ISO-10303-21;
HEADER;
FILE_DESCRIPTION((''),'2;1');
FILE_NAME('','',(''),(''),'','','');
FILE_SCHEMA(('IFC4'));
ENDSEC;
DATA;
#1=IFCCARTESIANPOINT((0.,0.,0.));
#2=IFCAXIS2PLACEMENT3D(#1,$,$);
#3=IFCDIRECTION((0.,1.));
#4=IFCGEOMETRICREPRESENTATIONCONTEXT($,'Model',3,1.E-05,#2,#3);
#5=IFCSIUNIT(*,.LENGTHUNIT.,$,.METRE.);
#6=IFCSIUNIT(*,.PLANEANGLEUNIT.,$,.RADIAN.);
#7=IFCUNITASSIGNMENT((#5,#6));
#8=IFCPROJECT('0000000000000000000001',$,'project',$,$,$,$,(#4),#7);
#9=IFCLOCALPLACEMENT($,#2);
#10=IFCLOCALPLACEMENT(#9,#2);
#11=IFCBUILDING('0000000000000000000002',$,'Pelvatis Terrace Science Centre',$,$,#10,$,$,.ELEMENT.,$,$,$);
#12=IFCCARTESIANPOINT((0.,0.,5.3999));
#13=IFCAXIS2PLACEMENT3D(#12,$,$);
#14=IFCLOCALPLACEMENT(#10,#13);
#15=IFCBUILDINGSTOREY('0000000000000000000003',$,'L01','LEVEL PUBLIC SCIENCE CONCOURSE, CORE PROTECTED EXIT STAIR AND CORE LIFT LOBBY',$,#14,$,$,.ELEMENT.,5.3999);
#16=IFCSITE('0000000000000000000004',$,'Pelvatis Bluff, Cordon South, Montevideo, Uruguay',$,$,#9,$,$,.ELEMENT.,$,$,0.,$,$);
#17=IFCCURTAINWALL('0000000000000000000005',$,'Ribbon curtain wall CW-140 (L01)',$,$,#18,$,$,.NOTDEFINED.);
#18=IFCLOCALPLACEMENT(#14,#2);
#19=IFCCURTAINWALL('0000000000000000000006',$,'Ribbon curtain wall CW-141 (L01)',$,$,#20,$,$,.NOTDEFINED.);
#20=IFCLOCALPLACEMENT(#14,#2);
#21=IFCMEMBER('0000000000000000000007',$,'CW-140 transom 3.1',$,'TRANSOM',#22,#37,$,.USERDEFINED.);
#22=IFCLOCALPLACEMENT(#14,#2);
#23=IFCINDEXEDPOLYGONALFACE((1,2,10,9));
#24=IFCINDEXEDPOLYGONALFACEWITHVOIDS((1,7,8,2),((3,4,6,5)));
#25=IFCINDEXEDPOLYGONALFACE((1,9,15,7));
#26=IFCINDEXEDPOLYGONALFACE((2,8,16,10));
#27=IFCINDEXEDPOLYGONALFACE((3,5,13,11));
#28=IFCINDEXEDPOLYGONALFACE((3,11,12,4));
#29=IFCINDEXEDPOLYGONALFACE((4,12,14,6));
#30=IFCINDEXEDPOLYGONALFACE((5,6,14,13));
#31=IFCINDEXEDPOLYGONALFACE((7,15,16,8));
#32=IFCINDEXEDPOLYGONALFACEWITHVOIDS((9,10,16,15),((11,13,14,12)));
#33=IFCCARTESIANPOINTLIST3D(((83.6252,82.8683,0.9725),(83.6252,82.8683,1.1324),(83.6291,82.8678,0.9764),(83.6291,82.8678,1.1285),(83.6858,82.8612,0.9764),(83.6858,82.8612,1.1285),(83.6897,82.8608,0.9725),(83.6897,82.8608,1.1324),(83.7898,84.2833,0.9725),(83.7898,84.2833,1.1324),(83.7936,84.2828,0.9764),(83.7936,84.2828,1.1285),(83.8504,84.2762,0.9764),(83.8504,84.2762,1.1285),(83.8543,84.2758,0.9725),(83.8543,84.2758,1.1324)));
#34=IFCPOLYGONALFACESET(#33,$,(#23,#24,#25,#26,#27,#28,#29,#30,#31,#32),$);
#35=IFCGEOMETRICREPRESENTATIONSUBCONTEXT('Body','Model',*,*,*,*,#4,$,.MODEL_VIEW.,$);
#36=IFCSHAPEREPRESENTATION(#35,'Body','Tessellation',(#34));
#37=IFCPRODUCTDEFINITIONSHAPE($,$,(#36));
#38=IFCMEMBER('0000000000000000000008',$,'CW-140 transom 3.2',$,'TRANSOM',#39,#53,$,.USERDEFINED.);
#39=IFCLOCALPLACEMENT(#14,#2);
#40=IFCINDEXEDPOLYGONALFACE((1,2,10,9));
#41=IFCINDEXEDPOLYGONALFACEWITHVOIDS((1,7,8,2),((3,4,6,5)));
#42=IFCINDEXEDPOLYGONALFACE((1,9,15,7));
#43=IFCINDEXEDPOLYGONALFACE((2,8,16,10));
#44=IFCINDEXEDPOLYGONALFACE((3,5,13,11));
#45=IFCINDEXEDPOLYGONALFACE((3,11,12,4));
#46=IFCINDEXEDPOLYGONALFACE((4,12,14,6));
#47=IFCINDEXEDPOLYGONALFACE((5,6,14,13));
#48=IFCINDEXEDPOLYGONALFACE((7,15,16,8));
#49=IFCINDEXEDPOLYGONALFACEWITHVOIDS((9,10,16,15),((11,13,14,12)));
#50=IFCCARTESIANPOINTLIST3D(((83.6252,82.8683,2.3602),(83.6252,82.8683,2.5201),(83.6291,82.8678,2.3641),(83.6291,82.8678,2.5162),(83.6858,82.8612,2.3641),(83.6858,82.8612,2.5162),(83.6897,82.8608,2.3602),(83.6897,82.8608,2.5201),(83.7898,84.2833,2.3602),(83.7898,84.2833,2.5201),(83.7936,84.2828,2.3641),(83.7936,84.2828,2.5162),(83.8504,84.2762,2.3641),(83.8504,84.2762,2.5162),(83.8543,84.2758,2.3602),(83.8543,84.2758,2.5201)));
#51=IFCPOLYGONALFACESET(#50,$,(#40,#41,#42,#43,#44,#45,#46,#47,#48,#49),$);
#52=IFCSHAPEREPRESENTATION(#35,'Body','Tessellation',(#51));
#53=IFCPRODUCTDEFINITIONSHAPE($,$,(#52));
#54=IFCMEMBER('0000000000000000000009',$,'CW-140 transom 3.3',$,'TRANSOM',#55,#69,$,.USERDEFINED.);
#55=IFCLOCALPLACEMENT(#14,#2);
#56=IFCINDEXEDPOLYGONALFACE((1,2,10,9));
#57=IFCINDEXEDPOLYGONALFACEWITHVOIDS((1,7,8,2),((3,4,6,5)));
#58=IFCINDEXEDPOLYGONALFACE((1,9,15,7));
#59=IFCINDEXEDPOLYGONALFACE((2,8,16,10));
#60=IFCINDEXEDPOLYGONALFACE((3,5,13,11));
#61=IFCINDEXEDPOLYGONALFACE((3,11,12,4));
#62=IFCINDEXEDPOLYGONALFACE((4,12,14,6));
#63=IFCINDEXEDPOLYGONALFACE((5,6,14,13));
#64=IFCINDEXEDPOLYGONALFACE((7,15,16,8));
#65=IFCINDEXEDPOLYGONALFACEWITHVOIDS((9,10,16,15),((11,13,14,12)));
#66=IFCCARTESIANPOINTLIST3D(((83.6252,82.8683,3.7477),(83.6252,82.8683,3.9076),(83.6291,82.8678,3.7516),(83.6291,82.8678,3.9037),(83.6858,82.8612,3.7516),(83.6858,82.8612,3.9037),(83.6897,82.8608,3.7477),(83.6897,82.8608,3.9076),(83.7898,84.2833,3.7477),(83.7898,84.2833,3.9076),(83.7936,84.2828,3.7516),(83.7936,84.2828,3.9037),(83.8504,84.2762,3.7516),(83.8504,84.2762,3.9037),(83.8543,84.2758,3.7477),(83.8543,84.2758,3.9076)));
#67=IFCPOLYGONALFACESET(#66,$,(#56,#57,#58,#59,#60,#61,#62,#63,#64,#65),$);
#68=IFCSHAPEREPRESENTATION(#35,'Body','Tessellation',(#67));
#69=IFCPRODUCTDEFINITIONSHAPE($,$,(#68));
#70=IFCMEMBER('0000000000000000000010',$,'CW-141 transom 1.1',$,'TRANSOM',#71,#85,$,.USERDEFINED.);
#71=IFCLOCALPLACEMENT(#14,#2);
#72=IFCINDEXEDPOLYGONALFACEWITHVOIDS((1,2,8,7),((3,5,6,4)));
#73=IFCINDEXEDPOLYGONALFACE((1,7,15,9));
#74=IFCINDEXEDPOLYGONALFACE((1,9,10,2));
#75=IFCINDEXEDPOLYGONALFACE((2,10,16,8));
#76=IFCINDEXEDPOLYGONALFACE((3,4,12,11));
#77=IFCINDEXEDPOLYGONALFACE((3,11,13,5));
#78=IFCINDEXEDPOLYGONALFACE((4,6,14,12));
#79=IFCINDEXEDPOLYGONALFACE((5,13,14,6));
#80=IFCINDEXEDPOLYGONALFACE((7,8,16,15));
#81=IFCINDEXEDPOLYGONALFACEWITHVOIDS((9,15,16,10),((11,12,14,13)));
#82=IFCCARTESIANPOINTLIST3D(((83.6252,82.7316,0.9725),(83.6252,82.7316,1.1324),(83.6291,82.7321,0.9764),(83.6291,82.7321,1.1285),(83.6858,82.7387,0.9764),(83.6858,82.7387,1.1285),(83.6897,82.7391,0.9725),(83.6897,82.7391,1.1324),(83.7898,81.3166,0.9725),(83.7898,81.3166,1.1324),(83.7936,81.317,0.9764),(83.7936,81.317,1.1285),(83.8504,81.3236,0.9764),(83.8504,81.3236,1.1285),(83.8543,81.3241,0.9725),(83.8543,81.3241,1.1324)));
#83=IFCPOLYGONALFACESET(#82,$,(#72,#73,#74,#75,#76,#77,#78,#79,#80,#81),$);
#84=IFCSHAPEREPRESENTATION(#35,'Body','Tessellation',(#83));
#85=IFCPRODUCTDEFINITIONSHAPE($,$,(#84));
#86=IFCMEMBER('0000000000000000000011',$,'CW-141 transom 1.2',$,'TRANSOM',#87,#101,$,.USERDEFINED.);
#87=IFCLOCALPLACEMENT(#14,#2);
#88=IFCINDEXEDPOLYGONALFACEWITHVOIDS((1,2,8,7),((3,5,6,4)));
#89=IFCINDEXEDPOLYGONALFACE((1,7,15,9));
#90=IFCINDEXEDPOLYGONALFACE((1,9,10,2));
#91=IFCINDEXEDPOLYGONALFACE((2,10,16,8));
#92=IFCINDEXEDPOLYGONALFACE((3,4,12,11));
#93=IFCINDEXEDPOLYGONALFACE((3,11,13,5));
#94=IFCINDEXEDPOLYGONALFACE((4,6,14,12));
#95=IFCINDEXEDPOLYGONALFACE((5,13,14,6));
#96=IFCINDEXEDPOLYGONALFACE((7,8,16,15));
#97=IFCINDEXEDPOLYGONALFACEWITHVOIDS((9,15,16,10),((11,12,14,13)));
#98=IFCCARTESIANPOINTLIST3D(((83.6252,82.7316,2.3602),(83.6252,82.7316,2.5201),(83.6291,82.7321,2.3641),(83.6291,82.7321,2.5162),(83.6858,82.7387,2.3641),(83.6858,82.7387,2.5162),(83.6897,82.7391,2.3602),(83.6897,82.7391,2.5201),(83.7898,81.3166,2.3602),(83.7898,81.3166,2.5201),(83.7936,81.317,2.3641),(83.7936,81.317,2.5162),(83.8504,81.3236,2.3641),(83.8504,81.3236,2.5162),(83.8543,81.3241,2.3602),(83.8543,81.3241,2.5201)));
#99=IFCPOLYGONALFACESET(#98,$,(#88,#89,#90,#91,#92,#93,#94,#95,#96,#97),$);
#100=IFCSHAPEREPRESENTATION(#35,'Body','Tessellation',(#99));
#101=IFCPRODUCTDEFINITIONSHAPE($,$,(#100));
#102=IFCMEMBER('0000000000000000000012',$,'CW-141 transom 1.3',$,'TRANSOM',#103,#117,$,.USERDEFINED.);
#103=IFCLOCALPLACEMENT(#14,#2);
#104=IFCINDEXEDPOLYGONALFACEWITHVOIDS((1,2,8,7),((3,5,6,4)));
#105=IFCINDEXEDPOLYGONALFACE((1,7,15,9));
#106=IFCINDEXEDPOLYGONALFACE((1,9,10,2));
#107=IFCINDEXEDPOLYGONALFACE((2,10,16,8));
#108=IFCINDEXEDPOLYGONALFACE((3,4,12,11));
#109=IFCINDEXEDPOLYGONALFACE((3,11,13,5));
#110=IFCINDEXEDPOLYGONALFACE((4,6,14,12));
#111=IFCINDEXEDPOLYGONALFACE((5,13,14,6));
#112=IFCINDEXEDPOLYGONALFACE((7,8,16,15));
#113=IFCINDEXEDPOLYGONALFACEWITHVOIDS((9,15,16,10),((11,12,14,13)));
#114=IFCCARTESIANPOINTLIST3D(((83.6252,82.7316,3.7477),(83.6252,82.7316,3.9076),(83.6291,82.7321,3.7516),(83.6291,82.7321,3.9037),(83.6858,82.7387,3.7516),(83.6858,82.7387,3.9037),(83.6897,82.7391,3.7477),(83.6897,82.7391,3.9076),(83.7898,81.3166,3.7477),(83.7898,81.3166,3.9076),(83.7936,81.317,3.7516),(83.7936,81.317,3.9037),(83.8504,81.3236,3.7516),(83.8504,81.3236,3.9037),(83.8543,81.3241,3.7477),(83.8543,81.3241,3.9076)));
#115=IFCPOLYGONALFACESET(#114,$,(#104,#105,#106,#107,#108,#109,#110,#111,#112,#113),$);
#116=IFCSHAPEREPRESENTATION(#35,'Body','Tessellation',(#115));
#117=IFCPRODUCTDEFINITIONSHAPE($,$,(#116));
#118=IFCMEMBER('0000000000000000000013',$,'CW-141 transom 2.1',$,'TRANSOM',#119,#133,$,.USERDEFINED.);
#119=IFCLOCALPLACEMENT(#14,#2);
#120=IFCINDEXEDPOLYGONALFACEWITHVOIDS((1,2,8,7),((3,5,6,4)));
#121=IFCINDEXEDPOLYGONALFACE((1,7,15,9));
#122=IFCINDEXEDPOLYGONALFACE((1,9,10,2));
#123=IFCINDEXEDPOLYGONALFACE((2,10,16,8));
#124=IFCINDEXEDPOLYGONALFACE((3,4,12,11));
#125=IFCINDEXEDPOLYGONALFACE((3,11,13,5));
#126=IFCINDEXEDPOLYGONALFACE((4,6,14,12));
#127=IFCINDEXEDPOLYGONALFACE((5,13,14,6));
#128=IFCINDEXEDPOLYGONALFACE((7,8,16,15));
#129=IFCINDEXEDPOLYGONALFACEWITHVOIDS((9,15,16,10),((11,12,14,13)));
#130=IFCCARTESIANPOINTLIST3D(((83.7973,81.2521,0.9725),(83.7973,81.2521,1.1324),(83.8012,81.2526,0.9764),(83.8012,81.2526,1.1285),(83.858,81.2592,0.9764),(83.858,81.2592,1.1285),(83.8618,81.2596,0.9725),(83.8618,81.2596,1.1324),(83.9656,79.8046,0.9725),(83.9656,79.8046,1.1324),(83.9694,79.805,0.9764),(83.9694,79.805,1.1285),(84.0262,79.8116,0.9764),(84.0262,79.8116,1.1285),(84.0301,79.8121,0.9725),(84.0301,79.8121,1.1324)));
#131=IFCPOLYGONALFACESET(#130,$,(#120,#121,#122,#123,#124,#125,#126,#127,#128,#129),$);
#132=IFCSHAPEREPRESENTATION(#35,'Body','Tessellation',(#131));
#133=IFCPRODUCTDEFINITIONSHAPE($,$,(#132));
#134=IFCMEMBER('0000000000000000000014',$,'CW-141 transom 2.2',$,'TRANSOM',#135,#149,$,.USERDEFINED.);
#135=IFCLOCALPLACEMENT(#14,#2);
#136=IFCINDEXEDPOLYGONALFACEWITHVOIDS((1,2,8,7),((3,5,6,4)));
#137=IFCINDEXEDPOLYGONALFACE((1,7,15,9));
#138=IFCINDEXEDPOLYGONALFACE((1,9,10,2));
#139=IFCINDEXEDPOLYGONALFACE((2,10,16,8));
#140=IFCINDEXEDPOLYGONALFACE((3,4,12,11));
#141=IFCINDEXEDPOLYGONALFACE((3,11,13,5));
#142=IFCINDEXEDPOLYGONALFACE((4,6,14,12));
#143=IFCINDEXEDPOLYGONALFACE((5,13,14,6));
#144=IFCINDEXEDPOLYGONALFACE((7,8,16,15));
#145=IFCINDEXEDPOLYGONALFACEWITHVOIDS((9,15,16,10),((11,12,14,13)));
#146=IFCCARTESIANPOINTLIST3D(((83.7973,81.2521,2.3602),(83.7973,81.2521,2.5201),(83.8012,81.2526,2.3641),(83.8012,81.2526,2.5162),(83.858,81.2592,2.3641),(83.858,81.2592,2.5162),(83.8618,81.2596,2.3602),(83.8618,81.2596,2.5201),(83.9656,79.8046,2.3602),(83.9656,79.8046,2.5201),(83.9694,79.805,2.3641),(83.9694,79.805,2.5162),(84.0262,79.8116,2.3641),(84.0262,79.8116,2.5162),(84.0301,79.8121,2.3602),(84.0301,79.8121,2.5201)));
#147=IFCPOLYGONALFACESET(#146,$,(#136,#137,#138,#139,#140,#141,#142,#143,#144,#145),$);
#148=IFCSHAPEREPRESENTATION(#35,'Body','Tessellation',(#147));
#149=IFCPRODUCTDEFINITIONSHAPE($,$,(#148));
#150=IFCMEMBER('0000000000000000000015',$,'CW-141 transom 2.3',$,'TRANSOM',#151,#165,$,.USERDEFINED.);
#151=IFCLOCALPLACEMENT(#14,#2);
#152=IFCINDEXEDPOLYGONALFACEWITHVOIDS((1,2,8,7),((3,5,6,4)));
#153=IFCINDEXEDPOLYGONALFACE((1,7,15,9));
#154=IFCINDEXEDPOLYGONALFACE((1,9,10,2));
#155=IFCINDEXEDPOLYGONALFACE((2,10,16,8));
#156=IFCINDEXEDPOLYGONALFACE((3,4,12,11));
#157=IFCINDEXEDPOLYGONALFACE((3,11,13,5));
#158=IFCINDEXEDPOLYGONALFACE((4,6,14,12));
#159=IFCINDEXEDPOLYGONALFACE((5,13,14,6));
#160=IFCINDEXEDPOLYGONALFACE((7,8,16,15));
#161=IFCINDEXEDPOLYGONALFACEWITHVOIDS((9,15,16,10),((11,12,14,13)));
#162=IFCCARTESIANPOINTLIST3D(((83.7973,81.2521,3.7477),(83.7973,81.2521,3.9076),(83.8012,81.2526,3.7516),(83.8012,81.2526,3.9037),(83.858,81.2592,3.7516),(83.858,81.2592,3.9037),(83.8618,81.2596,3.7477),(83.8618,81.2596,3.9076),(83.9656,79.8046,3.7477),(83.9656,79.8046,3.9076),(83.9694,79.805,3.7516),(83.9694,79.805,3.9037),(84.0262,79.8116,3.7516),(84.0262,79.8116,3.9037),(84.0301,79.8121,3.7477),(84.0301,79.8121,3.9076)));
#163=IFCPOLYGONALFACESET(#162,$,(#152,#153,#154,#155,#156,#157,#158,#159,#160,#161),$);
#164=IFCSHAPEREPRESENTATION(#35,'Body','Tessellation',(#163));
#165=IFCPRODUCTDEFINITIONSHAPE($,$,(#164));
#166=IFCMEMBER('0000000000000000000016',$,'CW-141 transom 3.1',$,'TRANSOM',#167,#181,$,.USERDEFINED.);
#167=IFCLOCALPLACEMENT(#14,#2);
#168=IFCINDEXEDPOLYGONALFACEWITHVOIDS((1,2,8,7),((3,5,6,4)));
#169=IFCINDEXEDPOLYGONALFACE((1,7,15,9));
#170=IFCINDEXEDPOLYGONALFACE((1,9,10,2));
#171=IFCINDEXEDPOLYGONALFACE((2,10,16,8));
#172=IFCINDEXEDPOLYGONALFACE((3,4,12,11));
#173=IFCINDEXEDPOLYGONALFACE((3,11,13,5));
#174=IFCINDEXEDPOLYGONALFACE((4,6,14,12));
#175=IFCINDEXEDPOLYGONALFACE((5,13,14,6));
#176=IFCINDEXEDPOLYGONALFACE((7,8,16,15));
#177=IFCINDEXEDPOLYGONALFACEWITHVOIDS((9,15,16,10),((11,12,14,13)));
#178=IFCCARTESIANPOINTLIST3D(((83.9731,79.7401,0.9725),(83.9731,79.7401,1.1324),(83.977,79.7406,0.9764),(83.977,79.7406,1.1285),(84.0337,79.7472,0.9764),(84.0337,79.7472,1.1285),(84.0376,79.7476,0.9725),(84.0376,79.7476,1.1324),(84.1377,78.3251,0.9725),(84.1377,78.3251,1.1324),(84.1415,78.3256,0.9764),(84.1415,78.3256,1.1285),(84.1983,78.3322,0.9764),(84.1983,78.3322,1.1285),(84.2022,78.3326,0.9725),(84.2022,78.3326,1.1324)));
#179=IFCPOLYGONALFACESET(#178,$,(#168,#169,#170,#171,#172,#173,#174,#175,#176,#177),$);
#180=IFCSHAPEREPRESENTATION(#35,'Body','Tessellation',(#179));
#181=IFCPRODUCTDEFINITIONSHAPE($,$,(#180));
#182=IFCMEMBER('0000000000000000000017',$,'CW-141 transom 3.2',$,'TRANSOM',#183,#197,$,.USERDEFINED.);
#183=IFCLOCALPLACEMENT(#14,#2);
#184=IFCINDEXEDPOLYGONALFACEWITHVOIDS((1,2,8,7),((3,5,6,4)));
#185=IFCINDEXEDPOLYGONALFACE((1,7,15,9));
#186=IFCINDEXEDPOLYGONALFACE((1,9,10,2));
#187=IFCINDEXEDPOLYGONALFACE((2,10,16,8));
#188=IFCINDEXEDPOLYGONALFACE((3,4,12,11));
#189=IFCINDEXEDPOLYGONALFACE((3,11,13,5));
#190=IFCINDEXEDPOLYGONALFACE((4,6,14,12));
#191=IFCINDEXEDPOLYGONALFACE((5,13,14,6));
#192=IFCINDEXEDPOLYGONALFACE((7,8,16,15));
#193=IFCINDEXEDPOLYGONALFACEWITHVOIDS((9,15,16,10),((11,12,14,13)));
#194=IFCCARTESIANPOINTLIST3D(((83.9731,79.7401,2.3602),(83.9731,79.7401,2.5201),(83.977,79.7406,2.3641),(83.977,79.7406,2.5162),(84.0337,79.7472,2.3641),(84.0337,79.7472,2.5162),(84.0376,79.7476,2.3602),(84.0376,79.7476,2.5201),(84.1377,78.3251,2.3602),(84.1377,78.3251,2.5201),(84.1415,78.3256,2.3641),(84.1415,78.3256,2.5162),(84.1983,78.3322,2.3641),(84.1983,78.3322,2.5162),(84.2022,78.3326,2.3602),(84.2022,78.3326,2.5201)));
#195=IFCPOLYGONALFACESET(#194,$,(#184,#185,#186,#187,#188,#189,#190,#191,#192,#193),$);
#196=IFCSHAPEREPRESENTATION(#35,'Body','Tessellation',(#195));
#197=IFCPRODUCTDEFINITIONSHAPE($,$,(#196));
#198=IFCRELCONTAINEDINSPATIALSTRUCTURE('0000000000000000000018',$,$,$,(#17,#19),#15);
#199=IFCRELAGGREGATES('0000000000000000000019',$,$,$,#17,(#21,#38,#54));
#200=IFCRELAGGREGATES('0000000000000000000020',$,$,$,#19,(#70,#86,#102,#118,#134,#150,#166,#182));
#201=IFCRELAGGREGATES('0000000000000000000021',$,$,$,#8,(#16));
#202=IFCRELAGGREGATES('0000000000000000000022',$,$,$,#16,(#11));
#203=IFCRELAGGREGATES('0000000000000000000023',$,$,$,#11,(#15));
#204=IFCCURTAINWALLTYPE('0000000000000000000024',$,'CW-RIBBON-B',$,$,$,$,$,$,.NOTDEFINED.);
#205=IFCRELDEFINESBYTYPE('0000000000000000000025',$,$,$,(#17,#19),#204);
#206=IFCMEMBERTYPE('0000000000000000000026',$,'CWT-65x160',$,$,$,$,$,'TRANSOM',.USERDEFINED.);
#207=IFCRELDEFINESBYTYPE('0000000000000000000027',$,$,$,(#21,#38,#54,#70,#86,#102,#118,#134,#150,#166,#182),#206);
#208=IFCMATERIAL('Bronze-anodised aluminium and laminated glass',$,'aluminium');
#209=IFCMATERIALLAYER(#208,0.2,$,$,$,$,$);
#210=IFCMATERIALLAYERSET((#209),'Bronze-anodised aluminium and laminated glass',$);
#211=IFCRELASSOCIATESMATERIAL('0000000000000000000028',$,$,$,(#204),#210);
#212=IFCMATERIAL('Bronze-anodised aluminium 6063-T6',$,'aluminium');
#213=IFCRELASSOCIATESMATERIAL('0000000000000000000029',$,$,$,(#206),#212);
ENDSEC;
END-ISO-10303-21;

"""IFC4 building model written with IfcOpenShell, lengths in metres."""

from ifc_helpers import new_model, si_unit, direction, frame, origin, origin_2d, place, context, subcontext, project, spatial, hollow_rectangle, extrude, material, layer, layer_set, material_profile, profile_set, type_object, element, aggregate, save


model = new_model("IFC4")

# Units and contexts
model_context = context("Model", 3, precision=1e-05, world=origin(), true_north=direction((0.0, 1.0)))
body_context = subcontext(model_context, "Body", "Model", "MODEL_VIEW")
ifc_project = project(units=[si_unit("LENGTHUNIT", "METRE"), si_unit("PLANEANGLEUNIT", "RADIAN")], contexts=[model_context])

# Site, building, storey
site_placement = place(None, origin())
site = spatial("IfcSite", under=ifc_project, at=site_placement, Name="Pelvatis Bluff, Cordon South, Montevideo, Uruguay", CompositionType="ELEMENT", RefElevation=0.0)
building_placement = place(site_placement, origin())
building = spatial("IfcBuilding", under=site, at=building_placement, Name="Pelvatis Terrace Science Centre", CompositionType="ELEMENT")
storey_placement = place(building_placement, frame((0.0, 0.0, 5.3999)))
storey = spatial("IfcBuildingStorey", under=building, at=storey_placement, Name="L01", Description="LEVEL PUBLIC SCIENCE CONCOURSE, CORE PROTECTED EXIT STAIR AND CORE LIFT LOBBY", CompositionType="ELEMENT", Elevation=5.3999)

# Shared definitions
ifc_material_1 = material(Name="Bronze-anodised aluminium and laminated glass", Category="aluminium")
ifc_layer_1 = layer(ifc_material_1, 0.2)
ifc_layer_set_1 = layer_set([ifc_layer_1], Name="Bronze-anodised aluminium and laminated glass")
curtain_wall_type = type_object("IfcCurtainWallType", Name="CW-RIBBON-B", PredefinedType="NOTDEFINED", material=ifc_layer_set_1)

# Curtain walls
curtain_wall_1_placement = place(storey_placement, origin())
curtain_wall_1 = element("IfcCurtainWall", 1, at=curtain_wall_1_placement, inside=storey, type_object=curtain_wall_type, Name="Ribbon curtain wall CW-140 (L01)", PredefinedType="NOTDEFINED")
curtain_wall_2_placement = place(storey_placement, origin())
curtain_wall_2 = element("IfcCurtainWall", 2, at=curtain_wall_2_placement, inside=storey, type_object=curtain_wall_type, Name="Ribbon curtain wall CW-141 (L01)", PredefinedType="NOTDEFINED")

# Members
ifc_material_2 = material(Name="Bronze-anodised aluminium 6063-T6", Category="aluminium")
ifc_material_profile_1 = material_profile(ifc_material_2, hollow_rectangle(XDim=0.0649, YDim=0.1599, WallThickness=0.0039, at=origin_2d()), Name="ALU-TRN 65x160")
ifc_profile_set_1 = profile_set([ifc_material_profile_1], Name="Bronze-anodised aluminium 6063-T6")
member_type_1 = type_object("IfcMemberType", Name="CWT-65x160", ElementType="TRANSOM", PredefinedType="USERDEFINED", material=ifc_profile_set_1)
member_1_placement = place(storey_placement, frame((83.822, 84.2795, 1.0525), z_axis=(-0.115509, -0.993306, 0.0), x_axis=(0.993306, -0.115509, 0.0)))
member_1 = element("IfcMember", 3, at=member_1_placement, type_object=member_type_1, Name="CW-140 transom 3.1", ObjectType="TRANSOM", PredefinedType="USERDEFINED", context=body_context, shape_type="SweptSolid", body=[
    extrude(hollow_rectangle(XDim=0.0649, YDim=0.1599, WallThickness=0.0039, at=origin_2d()), origin(), (0.0, 0.0, 1.0), 1.4246),
])
member_2_placement = place(storey_placement, frame((83.822, 84.2795, 2.4402), z_axis=(-0.115509, -0.993306, 0.0), x_axis=(0.993306, -0.115509, 0.0)))
member_2 = element("IfcMember", 4, at=member_2_placement, type_object=member_type_1, Name="CW-140 transom 3.2", ObjectType="TRANSOM", PredefinedType="USERDEFINED", context=body_context, shape_type="SweptSolid", body=[
    extrude(hollow_rectangle(XDim=0.0649, YDim=0.1599, WallThickness=0.0039, at=origin_2d()), origin(), (0.0, 0.0, 1.0), 1.4246),
])
member_3_placement = place(storey_placement, frame((83.822, 84.2795, 3.8276), z_axis=(-0.115509, -0.993306, 0.0), x_axis=(0.993306, -0.115509, 0.0)))
member_3 = element("IfcMember", 5, at=member_3_placement, type_object=member_type_1, Name="CW-140 transom 3.3", ObjectType="TRANSOM", PredefinedType="USERDEFINED", context=body_context, shape_type="SweptSolid", body=[
    extrude(hollow_rectangle(XDim=0.0649, YDim=0.1599, WallThickness=0.0039, at=origin_2d()), origin(), (0.0, 0.0, 1.0), 1.4246),
])
member_4_placement = place(storey_placement, frame((83.6575, 82.7354, 1.0525), z_axis=(0.115509, -0.993306, 0.0), x_axis=(0.993306, 0.115509, 0.0)))
member_4 = element("IfcMember", 6, at=member_4_placement, type_object=member_type_1, Name="CW-141 transom 1.1", ObjectType="TRANSOM", PredefinedType="USERDEFINED", context=body_context, shape_type="SweptSolid", body=[
    extrude(hollow_rectangle(XDim=0.0649, YDim=0.1599, WallThickness=0.0039, at=origin_2d()), origin(), (0.0, 0.0, 1.0), 1.4246),
])
member_5_placement = place(storey_placement, frame((83.6575, 82.7354, 2.4402), z_axis=(0.115509, -0.993306, 0.0), x_axis=(0.993306, 0.115509, 0.0)))
member_5 = element("IfcMember", 7, at=member_5_placement, type_object=member_type_1, Name="CW-141 transom 1.2", ObjectType="TRANSOM", PredefinedType="USERDEFINED", context=body_context, shape_type="SweptSolid", body=[
    extrude(hollow_rectangle(XDim=0.0649, YDim=0.1599, WallThickness=0.0039, at=origin_2d()), origin(), (0.0, 0.0, 1.0), 1.4246),
])
member_6_placement = place(storey_placement, frame((83.6575, 82.7354, 3.8276), z_axis=(0.115509, -0.993306, 0.0), x_axis=(0.993306, 0.115509, 0.0)))
member_6 = element("IfcMember", 8, at=member_6_placement, type_object=member_type_1, Name="CW-141 transom 1.3", ObjectType="TRANSOM", PredefinedType="USERDEFINED", context=body_context, shape_type="SweptSolid", body=[
    extrude(hollow_rectangle(XDim=0.0649, YDim=0.1599, WallThickness=0.0039, at=origin_2d()), origin(), (0.0, 0.0, 1.0), 1.4246),
])
member_7_placement = place(storey_placement, frame((83.8296, 81.2559, 1.0525), z_axis=(0.115432, -0.993315, 0.0), x_axis=(0.993315, 0.115432, 0.0)))
member_7 = element("IfcMember", 9, at=member_7_placement, type_object=member_type_1, Name="CW-141 transom 2.1", ObjectType="TRANSOM", PredefinedType="USERDEFINED", context=body_context, shape_type="SweptSolid", body=[
    extrude(hollow_rectangle(XDim=0.0649, YDim=0.1599, WallThickness=0.0039, at=origin_2d()), origin(), (0.0, 0.0, 1.0), 1.4573),
])
member_8_placement = place(storey_placement, frame((83.8296, 81.2559, 2.4402), z_axis=(0.115432, -0.993315, 0.0), x_axis=(0.993315, 0.115432, 0.0)))
member_8 = element("IfcMember", 10, at=member_8_placement, type_object=member_type_1, Name="CW-141 transom 2.2", ObjectType="TRANSOM", PredefinedType="USERDEFINED", context=body_context, shape_type="SweptSolid", body=[
    extrude(hollow_rectangle(XDim=0.0649, YDim=0.1599, WallThickness=0.0039, at=origin_2d()), origin(), (0.0, 0.0, 1.0), 1.4573),
])
member_9_placement = place(storey_placement, frame((83.8296, 81.2559, 3.8276), z_axis=(0.115432, -0.993315, 0.0), x_axis=(0.993315, 0.115432, 0.0)))
member_9 = element("IfcMember", 11, at=member_9_placement, type_object=member_type_1, Name="CW-141 transom 2.3", ObjectType="TRANSOM", PredefinedType="USERDEFINED", context=body_context, shape_type="SweptSolid", body=[
    extrude(hollow_rectangle(XDim=0.0649, YDim=0.1599, WallThickness=0.0039, at=origin_2d()), origin(), (0.0, 0.0, 1.0), 1.4573),
])
member_10_placement = place(storey_placement, frame((84.0054, 79.7439, 1.0525), z_axis=(0.115509, -0.993306, 0.0), x_axis=(0.993306, 0.115509, 0.0)))
member_10 = element("IfcMember", 12, at=member_10_placement, type_object=member_type_1, Name="CW-141 transom 3.1", ObjectType="TRANSOM", PredefinedType="USERDEFINED", context=body_context, shape_type="SweptSolid", body=[
    extrude(hollow_rectangle(XDim=0.0649, YDim=0.1599, WallThickness=0.0039, at=origin_2d()), origin(), (0.0, 0.0, 1.0), 1.4246),
])
member_11_placement = place(storey_placement, frame((84.0054, 79.7439, 2.4402), z_axis=(0.115509, -0.993306, 0.0), x_axis=(0.993306, 0.115509, 0.0)))
member_11 = element("IfcMember", 13, at=member_11_placement, type_object=member_type_1, Name="CW-141 transom 3.2", ObjectType="TRANSOM", PredefinedType="USERDEFINED", context=body_context, shape_type="SweptSolid", body=[
    extrude(hollow_rectangle(XDim=0.0649, YDim=0.1599, WallThickness=0.0039, at=origin_2d()), origin(), (0.0, 0.0, 1.0), 1.4246),
])

aggregate(curtain_wall_1, [member_1, member_2, member_3])
aggregate(curtain_wall_2, [member_4, member_5, member_6, member_7, member_8, member_9, member_10, member_11])

save(model, "model.ifc")
